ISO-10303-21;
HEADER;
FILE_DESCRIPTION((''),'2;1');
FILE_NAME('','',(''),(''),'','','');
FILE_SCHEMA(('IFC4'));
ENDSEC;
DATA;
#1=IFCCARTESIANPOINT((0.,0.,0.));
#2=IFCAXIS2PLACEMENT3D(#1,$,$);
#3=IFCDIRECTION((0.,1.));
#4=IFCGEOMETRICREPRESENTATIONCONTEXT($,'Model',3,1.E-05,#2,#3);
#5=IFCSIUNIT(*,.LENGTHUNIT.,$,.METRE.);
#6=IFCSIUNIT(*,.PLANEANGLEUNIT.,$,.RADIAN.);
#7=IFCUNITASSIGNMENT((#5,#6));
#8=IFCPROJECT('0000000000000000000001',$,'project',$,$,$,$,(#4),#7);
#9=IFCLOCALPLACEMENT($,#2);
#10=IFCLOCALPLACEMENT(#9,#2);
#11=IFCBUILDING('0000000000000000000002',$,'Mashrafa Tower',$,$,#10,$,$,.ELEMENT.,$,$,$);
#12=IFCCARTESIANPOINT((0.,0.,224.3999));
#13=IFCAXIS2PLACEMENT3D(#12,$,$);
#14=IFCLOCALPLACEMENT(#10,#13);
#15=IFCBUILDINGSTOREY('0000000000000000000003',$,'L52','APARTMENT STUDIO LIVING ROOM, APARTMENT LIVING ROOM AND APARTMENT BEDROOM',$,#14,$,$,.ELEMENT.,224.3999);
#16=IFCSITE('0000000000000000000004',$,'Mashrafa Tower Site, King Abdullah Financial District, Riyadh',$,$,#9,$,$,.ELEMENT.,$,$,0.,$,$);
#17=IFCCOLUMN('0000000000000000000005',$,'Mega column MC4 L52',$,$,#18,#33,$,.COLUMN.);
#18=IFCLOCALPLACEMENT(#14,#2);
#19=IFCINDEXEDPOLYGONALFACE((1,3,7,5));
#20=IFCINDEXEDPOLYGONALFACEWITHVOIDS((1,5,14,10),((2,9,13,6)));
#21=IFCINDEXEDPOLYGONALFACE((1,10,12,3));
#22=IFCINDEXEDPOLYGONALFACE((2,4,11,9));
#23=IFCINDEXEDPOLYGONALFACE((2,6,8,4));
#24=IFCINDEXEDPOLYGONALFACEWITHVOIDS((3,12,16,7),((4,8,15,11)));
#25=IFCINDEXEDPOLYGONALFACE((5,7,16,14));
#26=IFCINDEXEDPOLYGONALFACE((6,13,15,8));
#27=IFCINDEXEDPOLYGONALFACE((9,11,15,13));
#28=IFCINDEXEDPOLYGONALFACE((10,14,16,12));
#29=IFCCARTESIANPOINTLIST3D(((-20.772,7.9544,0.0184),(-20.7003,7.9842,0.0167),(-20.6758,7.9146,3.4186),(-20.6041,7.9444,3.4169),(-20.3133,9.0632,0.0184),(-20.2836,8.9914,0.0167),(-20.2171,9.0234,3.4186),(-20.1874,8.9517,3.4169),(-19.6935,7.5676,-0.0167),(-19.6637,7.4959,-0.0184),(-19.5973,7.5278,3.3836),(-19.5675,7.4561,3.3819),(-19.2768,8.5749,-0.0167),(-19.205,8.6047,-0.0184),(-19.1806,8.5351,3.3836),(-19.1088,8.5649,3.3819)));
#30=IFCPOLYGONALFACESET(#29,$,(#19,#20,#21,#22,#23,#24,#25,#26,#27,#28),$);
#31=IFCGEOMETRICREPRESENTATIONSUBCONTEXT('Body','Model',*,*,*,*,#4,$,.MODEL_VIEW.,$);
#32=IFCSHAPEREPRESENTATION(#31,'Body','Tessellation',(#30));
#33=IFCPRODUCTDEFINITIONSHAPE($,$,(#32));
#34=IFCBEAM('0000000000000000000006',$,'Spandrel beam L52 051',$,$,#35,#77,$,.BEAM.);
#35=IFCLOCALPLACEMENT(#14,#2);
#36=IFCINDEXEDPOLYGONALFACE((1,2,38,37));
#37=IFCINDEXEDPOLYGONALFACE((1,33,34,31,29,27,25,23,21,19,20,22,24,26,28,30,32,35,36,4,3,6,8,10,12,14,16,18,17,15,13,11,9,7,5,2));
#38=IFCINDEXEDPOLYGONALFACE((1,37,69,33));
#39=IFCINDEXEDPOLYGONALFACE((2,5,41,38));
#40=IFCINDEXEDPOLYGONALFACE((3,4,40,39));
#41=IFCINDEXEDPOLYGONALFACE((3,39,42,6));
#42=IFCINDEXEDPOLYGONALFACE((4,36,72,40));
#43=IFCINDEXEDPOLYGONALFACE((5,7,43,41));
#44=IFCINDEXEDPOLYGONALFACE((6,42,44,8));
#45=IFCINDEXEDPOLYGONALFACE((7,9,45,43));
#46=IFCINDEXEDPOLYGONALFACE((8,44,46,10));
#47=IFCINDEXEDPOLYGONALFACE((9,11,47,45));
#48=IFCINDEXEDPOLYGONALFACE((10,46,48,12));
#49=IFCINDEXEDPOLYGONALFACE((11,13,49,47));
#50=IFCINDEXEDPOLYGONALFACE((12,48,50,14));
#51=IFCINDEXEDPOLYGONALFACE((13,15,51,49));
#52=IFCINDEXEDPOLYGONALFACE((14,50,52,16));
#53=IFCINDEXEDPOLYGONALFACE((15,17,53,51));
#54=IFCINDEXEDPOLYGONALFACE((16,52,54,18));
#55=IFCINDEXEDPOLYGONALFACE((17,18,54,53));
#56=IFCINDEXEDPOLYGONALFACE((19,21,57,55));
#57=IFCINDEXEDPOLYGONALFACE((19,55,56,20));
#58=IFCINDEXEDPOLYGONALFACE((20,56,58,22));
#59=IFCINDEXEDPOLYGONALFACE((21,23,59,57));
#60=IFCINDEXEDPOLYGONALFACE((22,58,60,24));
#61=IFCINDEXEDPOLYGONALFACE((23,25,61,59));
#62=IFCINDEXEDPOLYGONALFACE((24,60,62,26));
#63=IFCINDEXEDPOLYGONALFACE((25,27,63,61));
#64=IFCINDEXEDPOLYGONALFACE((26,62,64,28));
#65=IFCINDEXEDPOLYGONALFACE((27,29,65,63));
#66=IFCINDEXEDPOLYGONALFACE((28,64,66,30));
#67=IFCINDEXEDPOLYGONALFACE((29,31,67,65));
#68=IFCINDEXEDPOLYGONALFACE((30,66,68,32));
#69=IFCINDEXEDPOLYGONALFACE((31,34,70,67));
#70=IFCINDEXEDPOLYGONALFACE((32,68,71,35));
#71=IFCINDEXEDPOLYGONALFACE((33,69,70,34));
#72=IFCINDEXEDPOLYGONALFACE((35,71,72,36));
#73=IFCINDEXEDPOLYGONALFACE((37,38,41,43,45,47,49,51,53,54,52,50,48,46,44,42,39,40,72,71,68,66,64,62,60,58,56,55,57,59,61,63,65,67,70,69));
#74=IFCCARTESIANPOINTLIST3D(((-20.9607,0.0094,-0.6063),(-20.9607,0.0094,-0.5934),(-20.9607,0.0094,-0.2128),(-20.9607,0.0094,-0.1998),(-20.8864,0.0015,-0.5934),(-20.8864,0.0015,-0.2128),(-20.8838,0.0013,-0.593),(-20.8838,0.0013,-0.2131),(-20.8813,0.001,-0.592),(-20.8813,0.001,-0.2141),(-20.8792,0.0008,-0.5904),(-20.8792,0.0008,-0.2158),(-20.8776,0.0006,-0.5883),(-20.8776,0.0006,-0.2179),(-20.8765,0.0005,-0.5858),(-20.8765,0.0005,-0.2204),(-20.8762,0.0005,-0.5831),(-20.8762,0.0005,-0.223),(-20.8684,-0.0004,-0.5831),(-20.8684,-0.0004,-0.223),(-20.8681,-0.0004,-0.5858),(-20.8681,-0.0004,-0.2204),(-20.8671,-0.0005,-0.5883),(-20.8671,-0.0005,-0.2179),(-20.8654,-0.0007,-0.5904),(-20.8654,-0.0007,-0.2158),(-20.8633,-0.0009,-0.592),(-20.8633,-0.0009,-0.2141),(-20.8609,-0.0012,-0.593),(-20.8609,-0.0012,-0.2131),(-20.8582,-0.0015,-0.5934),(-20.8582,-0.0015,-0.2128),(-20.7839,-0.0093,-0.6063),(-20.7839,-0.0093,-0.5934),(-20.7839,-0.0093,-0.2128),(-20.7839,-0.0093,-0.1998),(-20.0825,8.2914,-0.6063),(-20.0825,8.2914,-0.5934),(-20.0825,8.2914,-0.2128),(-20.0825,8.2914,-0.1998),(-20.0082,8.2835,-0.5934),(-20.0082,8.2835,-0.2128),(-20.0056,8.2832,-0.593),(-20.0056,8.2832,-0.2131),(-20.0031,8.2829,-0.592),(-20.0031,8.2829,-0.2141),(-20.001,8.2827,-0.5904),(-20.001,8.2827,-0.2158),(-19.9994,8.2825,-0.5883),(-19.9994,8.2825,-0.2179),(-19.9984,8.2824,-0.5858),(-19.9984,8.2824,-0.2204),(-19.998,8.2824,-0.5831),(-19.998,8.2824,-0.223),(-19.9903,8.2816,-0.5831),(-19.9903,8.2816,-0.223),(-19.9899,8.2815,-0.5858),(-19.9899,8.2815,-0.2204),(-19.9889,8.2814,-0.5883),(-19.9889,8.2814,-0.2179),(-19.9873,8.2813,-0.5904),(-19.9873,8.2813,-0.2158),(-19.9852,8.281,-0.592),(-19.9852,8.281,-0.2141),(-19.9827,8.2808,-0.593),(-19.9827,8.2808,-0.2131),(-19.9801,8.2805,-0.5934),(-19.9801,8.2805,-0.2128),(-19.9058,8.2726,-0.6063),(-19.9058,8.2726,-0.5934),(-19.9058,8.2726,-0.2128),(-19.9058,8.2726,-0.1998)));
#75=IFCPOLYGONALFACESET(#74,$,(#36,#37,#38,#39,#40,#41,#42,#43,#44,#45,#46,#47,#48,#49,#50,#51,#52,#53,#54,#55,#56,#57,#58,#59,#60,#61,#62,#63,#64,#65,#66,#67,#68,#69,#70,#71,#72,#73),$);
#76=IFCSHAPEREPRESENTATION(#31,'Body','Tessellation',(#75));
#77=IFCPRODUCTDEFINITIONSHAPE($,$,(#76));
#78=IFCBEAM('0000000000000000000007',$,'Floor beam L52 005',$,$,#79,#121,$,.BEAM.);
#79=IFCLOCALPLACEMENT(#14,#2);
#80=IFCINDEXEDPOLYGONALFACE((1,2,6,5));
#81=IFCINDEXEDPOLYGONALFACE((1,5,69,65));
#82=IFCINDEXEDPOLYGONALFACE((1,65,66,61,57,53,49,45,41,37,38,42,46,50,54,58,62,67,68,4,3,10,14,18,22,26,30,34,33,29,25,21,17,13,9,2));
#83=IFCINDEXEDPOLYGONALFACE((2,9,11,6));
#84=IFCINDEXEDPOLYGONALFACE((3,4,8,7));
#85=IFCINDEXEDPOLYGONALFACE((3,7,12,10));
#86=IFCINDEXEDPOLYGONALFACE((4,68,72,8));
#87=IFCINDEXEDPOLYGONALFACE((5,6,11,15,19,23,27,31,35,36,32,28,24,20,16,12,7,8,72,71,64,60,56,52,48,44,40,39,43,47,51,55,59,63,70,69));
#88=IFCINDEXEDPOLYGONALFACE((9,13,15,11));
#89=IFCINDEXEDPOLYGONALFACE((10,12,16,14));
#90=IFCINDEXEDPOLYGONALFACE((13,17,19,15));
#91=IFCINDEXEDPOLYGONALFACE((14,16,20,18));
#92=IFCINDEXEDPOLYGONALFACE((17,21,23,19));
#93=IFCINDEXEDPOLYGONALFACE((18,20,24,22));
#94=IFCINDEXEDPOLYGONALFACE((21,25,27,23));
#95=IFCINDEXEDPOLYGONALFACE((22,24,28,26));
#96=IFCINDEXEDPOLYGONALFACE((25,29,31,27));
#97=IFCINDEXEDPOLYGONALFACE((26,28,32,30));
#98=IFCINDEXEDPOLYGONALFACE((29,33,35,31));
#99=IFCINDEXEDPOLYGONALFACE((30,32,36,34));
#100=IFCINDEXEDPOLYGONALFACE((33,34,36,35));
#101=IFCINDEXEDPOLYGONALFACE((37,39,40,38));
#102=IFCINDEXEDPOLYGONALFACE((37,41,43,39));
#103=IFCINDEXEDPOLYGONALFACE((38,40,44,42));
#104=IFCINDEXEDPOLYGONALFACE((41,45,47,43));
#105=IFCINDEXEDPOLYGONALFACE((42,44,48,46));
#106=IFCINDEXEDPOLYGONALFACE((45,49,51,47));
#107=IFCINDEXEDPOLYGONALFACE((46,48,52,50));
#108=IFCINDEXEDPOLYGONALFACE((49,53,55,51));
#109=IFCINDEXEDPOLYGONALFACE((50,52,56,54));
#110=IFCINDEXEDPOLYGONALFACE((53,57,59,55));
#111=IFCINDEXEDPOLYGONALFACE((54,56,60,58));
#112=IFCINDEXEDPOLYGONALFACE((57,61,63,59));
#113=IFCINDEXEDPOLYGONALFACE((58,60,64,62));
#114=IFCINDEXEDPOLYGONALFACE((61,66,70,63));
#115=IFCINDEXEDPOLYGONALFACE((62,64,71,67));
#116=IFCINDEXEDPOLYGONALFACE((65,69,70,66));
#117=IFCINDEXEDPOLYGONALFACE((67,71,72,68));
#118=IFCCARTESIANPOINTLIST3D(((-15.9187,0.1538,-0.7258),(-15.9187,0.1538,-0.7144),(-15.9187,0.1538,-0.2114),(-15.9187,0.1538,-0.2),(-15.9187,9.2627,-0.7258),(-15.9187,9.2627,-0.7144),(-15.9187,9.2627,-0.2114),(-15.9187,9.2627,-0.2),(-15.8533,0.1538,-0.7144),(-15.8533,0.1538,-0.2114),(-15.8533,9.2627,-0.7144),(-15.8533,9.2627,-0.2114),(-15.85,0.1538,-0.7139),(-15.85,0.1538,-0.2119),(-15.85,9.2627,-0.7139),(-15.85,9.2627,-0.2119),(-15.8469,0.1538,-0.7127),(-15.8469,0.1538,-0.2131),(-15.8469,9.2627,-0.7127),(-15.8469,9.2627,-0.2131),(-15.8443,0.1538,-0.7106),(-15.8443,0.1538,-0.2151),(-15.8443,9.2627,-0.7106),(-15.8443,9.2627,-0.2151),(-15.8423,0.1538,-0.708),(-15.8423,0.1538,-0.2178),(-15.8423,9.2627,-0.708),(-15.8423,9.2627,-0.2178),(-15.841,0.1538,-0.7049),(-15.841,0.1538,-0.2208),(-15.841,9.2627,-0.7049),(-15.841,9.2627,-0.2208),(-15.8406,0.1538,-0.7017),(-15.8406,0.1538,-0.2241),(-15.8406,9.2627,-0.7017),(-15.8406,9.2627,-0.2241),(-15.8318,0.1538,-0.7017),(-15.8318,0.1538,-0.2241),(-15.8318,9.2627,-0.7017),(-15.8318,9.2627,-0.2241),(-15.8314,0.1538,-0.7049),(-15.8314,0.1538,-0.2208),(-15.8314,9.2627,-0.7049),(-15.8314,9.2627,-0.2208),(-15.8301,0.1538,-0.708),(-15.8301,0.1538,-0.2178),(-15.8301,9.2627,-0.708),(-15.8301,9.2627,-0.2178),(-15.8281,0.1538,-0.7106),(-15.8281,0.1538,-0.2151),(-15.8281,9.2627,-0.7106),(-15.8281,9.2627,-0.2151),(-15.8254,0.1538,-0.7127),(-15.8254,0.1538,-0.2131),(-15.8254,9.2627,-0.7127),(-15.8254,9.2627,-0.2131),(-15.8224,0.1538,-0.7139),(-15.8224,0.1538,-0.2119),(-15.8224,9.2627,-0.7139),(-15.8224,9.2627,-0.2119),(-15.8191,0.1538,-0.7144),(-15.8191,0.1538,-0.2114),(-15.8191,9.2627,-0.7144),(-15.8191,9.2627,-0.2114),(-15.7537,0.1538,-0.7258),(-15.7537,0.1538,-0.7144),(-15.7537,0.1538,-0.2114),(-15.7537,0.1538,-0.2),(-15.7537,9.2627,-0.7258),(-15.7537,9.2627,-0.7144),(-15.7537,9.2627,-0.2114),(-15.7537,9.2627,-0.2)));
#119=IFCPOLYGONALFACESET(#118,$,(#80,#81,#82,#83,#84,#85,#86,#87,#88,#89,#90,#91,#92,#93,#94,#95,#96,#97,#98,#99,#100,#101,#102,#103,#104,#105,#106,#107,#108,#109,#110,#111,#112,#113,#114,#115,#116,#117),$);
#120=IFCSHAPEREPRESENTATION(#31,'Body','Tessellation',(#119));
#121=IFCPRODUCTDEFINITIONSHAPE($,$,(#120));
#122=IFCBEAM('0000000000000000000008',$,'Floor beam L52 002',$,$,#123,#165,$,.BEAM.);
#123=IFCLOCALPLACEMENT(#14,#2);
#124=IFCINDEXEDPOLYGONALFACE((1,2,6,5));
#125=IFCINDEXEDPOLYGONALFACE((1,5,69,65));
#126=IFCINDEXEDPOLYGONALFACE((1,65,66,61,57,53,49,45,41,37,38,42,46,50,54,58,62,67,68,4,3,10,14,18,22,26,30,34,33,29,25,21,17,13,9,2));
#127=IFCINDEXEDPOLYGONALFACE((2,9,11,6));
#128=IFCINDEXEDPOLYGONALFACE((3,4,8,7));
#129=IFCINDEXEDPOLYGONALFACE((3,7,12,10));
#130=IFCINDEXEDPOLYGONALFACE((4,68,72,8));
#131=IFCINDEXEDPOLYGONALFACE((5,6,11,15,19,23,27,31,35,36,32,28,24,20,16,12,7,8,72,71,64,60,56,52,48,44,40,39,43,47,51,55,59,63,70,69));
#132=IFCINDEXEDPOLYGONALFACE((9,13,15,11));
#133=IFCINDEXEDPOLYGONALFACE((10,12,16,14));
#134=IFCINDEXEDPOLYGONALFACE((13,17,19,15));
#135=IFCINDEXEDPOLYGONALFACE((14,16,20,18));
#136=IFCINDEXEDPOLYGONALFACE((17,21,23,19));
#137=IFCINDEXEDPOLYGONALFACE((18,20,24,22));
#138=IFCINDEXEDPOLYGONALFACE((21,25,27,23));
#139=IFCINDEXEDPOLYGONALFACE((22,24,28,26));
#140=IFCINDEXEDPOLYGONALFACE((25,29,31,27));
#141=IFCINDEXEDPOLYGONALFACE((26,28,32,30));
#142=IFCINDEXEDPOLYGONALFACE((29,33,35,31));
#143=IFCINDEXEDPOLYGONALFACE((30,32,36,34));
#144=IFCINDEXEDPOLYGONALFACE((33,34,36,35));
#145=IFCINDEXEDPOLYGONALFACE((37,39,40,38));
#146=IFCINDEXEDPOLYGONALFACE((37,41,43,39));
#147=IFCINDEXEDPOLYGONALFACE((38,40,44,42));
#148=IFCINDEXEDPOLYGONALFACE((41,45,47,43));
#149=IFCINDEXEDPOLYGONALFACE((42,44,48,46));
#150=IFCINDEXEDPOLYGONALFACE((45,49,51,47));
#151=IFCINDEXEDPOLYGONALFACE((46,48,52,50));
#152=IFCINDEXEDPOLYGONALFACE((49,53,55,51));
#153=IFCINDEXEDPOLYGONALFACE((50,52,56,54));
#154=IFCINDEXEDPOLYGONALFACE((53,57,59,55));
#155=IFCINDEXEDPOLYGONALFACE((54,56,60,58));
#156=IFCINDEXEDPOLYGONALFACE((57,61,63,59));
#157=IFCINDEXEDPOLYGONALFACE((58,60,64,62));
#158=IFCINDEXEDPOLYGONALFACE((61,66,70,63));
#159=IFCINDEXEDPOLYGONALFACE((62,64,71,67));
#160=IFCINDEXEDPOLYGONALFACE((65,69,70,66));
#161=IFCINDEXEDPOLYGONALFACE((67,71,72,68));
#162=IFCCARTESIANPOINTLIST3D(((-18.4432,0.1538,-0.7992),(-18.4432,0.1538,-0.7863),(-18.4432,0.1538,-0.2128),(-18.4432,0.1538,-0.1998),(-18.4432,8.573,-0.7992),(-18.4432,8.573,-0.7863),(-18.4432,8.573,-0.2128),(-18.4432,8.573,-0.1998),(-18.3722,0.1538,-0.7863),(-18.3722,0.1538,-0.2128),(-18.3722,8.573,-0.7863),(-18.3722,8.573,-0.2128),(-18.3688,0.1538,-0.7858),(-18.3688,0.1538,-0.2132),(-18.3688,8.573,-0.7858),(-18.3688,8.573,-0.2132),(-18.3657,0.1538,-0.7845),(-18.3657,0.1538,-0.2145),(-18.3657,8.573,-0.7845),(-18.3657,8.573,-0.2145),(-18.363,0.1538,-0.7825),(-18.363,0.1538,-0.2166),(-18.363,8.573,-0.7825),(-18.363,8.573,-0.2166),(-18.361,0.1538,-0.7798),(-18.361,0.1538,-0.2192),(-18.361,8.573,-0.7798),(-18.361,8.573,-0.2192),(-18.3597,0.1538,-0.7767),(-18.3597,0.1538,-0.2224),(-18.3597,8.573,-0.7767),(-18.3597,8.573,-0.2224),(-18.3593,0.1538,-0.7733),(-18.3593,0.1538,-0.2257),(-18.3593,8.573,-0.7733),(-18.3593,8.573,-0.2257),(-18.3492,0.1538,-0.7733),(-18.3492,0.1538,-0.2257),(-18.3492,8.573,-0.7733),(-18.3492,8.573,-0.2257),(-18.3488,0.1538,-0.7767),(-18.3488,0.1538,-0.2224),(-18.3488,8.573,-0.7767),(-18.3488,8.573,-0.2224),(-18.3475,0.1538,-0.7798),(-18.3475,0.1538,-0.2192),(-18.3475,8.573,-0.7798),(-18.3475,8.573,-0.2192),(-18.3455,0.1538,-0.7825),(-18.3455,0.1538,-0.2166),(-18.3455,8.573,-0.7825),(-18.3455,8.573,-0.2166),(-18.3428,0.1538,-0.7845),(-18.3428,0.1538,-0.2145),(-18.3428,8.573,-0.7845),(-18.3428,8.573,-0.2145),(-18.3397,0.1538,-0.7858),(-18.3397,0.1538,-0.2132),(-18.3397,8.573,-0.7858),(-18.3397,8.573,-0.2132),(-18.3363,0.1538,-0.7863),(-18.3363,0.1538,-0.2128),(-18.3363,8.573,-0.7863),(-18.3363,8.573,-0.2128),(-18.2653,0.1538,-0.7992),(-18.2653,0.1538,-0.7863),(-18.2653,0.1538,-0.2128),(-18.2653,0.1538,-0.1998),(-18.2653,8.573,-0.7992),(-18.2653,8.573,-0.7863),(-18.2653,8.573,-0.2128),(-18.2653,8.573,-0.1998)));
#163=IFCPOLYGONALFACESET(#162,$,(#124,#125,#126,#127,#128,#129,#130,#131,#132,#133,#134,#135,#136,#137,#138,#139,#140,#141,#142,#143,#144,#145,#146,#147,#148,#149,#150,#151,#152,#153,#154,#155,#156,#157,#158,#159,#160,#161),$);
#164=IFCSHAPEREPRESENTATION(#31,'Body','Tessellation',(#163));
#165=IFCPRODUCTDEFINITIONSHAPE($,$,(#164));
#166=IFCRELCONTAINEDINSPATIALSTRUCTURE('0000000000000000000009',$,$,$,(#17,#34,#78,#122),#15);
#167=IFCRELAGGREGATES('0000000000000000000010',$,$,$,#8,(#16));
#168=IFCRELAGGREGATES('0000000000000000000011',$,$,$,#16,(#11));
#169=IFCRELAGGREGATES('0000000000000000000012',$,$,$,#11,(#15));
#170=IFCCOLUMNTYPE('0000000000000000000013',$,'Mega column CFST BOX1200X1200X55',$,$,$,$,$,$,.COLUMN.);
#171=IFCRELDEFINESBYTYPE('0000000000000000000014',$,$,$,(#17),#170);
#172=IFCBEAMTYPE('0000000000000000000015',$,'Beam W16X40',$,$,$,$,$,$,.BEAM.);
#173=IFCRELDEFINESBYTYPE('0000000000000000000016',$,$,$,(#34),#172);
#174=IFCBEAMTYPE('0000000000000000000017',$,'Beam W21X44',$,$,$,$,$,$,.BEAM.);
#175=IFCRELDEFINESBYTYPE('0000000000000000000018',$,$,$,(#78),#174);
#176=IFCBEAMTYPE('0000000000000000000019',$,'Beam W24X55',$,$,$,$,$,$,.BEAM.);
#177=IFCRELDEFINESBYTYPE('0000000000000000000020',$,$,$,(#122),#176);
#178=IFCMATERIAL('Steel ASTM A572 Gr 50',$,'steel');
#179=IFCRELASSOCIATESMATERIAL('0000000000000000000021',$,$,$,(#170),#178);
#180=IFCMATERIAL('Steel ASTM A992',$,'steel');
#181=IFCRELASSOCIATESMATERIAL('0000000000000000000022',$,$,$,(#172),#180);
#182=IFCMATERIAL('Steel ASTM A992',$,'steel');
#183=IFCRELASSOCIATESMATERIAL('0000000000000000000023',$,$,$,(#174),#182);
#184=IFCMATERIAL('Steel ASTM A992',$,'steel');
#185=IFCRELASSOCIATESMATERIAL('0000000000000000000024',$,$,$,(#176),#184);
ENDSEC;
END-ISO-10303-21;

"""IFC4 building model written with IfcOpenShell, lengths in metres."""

from ifc_helpers import new_model, si_unit, direction, frame, origin, origin_2d, place, context, subcontext, project, spatial, hollow_rectangle, i_section, extrude, material, material_profile, profile_set, type_object, element, save


model = new_model("IFC4")

# Units and contexts
model_context = context("Model", 3, precision=1e-05, world=origin(), true_north=direction((0.0, 1.0)))
body_context = subcontext(model_context, "Body", "Model", "MODEL_VIEW")
ifc_project = project(units=[si_unit("LENGTHUNIT", "METRE"), si_unit("PLANEANGLEUNIT", "RADIAN")], contexts=[model_context])

# Site, building, storey
site_placement = place(None, origin())
site = spatial("IfcSite", under=ifc_project, at=site_placement, Name="Mashrafa Tower Site, King Abdullah Financial District, Riyadh", CompositionType="ELEMENT", RefElevation=0.0)
building_placement = place(site_placement, origin())
building = spatial("IfcBuilding", under=site, at=building_placement, Name="Mashrafa Tower", CompositionType="ELEMENT")
storey_placement = place(building_placement, frame((0.0, 0.0, 224.3999)))
storey = spatial("IfcBuildingStorey", under=building, at=storey_placement, Name="L52", Description="APARTMENT STUDIO LIVING ROOM, APARTMENT LIVING ROOM AND APARTMENT BEDROOM", CompositionType="ELEMENT", Elevation=224.3999)

# Column
ifc_material_1 = material(Name="Steel ASTM A572 Gr 50", Category="steel")
ifc_material_profile_1 = material_profile(ifc_material_1, hollow_rectangle(XDim=1.2, YDim=1.2, WallThickness=0.0549, at=origin_2d()), Name="BOX1200X1200X55")
ifc_profile_set_1 = profile_set([ifc_material_profile_1], Name="Steel ASTM A572 Gr 50")
column_type = type_object("IfcColumnType", Name="Mega column CFST BOX1200X1200X55", PredefinedType="COLUMN", material=ifc_profile_set_1)
column_placement = place(storey_placement, frame((-19.9885, 8.2795, 0.0), z_axis=(0.028277, -0.011698, 0.999532), x_axis=(0.382283, 0.924045, 0.0)))
element("IfcColumn", 1, at=column_placement, inside=storey, type_object=column_type, Name="Mega column MC4 L52", PredefinedType="COLUMN", context=body_context, shape_type="SweptSolid", body=[
    extrude(hollow_rectangle(XDim=1.2, YDim=1.2, WallThickness=0.0549, at=origin_2d()), origin(), (0.0, 0.0, 1.0), 3.4019),
])

# Beams
ifc_material_2 = material(Name="Steel ASTM A992", Category="steel")
ifc_material_profile_2 = material_profile(ifc_material_2, i_section(OverallWidth=0.1777, OverallDepth=0.4065, WebThickness=0.0078, FlangeThickness=0.0129, FilletRadius=0.0103, at=origin_2d()), Name="W16X40")
ifc_profile_set_2 = profile_set([ifc_material_profile_2], Name="Steel ASTM A992")
beam_type_1 = type_object("IfcBeamType", Name="Beam W16X40", PredefinedType="BEAM", material=ifc_profile_set_2)
beam_1_placement = place(storey_placement, frame((-19.9941, 8.282, -0.4031), z_axis=(-0.105443, -0.994425, 0.0), x_axis=(0.994425, -0.105443, 0.0)))
element("IfcBeam", 2, at=beam_1_placement, inside=storey, type_object=beam_type_1, Name="Spandrel beam L52 051", PredefinedType="BEAM", context=body_context, shape_type="SweptSolid", body=[
    extrude(i_section(OverallWidth=0.1777, OverallDepth=0.4065, WebThickness=0.0078, FlangeThickness=0.0129, FilletRadius=0.0103, at=origin_2d()), origin(), (0.0, 0.0, 1.0), 8.3284),
])
ifc_material_3 = material(Name="Steel ASTM A992", Category="steel")
ifc_material_profile_3 = material_profile(ifc_material_3, i_section(OverallWidth=0.165, OverallDepth=0.5259, WebThickness=0.0088, FlangeThickness=0.0115, FilletRadius=0.0127, at=origin_2d()), Name="W21X44")
ifc_profile_set_3 = profile_set([ifc_material_profile_3], Name="Steel ASTM A992")
beam_type_2 = type_object("IfcBeamType", Name="Beam W21X44", PredefinedType="BEAM", material=ifc_profile_set_3)
beam_2_placement = place(storey_placement, frame((-15.8362, 0.1538, -0.4629), z_axis=(0.0, 1.0, 0.0), x_axis=(-1.0, 0.0, 0.0)))
element("IfcBeam", 3, at=beam_2_placement, inside=storey, type_object=beam_type_2, Name="Floor beam L52 005", PredefinedType="BEAM", context=body_context, shape_type="SweptSolid", body=[
    extrude(i_section(OverallWidth=0.165, OverallDepth=0.5259, WebThickness=0.0088, FlangeThickness=0.0115, FilletRadius=0.0127, at=origin_2d()), origin(), (0.0, 0.0, 1.0), 9.1089),
])
ifc_material_4 = material(Name="Steel ASTM A992", Category="steel")
ifc_material_profile_4 = material_profile(ifc_material_4, i_section(OverallWidth=0.178, OverallDepth=0.5994, WebThickness=0.01, FlangeThickness=0.0129, FilletRadius=0.0129, at=origin_2d()), Name="W24X55")
ifc_profile_set_4 = profile_set([ifc_material_profile_4], Name="Steel ASTM A992")
beam_type_3 = type_object("IfcBeamType", Name="Beam W24X55", PredefinedType="BEAM", material=ifc_profile_set_4)
beam_3_placement = place(storey_placement, frame((-18.3542, 0.1538, -0.4995), z_axis=(0.0, 1.0, 0.0), x_axis=(-1.0, 0.0, 0.0)))
element("IfcBeam", 4, at=beam_3_placement, inside=storey, type_object=beam_type_3, Name="Floor beam L52 002", PredefinedType="BEAM", context=body_context, shape_type="SweptSolid", body=[
    extrude(i_section(OverallWidth=0.178, OverallDepth=0.5994, WebThickness=0.01, FlangeThickness=0.0129, FilletRadius=0.0129, at=origin_2d()), origin(), (0.0, 0.0, 1.0), 8.4192),
])

save(model, "model.ifc")
